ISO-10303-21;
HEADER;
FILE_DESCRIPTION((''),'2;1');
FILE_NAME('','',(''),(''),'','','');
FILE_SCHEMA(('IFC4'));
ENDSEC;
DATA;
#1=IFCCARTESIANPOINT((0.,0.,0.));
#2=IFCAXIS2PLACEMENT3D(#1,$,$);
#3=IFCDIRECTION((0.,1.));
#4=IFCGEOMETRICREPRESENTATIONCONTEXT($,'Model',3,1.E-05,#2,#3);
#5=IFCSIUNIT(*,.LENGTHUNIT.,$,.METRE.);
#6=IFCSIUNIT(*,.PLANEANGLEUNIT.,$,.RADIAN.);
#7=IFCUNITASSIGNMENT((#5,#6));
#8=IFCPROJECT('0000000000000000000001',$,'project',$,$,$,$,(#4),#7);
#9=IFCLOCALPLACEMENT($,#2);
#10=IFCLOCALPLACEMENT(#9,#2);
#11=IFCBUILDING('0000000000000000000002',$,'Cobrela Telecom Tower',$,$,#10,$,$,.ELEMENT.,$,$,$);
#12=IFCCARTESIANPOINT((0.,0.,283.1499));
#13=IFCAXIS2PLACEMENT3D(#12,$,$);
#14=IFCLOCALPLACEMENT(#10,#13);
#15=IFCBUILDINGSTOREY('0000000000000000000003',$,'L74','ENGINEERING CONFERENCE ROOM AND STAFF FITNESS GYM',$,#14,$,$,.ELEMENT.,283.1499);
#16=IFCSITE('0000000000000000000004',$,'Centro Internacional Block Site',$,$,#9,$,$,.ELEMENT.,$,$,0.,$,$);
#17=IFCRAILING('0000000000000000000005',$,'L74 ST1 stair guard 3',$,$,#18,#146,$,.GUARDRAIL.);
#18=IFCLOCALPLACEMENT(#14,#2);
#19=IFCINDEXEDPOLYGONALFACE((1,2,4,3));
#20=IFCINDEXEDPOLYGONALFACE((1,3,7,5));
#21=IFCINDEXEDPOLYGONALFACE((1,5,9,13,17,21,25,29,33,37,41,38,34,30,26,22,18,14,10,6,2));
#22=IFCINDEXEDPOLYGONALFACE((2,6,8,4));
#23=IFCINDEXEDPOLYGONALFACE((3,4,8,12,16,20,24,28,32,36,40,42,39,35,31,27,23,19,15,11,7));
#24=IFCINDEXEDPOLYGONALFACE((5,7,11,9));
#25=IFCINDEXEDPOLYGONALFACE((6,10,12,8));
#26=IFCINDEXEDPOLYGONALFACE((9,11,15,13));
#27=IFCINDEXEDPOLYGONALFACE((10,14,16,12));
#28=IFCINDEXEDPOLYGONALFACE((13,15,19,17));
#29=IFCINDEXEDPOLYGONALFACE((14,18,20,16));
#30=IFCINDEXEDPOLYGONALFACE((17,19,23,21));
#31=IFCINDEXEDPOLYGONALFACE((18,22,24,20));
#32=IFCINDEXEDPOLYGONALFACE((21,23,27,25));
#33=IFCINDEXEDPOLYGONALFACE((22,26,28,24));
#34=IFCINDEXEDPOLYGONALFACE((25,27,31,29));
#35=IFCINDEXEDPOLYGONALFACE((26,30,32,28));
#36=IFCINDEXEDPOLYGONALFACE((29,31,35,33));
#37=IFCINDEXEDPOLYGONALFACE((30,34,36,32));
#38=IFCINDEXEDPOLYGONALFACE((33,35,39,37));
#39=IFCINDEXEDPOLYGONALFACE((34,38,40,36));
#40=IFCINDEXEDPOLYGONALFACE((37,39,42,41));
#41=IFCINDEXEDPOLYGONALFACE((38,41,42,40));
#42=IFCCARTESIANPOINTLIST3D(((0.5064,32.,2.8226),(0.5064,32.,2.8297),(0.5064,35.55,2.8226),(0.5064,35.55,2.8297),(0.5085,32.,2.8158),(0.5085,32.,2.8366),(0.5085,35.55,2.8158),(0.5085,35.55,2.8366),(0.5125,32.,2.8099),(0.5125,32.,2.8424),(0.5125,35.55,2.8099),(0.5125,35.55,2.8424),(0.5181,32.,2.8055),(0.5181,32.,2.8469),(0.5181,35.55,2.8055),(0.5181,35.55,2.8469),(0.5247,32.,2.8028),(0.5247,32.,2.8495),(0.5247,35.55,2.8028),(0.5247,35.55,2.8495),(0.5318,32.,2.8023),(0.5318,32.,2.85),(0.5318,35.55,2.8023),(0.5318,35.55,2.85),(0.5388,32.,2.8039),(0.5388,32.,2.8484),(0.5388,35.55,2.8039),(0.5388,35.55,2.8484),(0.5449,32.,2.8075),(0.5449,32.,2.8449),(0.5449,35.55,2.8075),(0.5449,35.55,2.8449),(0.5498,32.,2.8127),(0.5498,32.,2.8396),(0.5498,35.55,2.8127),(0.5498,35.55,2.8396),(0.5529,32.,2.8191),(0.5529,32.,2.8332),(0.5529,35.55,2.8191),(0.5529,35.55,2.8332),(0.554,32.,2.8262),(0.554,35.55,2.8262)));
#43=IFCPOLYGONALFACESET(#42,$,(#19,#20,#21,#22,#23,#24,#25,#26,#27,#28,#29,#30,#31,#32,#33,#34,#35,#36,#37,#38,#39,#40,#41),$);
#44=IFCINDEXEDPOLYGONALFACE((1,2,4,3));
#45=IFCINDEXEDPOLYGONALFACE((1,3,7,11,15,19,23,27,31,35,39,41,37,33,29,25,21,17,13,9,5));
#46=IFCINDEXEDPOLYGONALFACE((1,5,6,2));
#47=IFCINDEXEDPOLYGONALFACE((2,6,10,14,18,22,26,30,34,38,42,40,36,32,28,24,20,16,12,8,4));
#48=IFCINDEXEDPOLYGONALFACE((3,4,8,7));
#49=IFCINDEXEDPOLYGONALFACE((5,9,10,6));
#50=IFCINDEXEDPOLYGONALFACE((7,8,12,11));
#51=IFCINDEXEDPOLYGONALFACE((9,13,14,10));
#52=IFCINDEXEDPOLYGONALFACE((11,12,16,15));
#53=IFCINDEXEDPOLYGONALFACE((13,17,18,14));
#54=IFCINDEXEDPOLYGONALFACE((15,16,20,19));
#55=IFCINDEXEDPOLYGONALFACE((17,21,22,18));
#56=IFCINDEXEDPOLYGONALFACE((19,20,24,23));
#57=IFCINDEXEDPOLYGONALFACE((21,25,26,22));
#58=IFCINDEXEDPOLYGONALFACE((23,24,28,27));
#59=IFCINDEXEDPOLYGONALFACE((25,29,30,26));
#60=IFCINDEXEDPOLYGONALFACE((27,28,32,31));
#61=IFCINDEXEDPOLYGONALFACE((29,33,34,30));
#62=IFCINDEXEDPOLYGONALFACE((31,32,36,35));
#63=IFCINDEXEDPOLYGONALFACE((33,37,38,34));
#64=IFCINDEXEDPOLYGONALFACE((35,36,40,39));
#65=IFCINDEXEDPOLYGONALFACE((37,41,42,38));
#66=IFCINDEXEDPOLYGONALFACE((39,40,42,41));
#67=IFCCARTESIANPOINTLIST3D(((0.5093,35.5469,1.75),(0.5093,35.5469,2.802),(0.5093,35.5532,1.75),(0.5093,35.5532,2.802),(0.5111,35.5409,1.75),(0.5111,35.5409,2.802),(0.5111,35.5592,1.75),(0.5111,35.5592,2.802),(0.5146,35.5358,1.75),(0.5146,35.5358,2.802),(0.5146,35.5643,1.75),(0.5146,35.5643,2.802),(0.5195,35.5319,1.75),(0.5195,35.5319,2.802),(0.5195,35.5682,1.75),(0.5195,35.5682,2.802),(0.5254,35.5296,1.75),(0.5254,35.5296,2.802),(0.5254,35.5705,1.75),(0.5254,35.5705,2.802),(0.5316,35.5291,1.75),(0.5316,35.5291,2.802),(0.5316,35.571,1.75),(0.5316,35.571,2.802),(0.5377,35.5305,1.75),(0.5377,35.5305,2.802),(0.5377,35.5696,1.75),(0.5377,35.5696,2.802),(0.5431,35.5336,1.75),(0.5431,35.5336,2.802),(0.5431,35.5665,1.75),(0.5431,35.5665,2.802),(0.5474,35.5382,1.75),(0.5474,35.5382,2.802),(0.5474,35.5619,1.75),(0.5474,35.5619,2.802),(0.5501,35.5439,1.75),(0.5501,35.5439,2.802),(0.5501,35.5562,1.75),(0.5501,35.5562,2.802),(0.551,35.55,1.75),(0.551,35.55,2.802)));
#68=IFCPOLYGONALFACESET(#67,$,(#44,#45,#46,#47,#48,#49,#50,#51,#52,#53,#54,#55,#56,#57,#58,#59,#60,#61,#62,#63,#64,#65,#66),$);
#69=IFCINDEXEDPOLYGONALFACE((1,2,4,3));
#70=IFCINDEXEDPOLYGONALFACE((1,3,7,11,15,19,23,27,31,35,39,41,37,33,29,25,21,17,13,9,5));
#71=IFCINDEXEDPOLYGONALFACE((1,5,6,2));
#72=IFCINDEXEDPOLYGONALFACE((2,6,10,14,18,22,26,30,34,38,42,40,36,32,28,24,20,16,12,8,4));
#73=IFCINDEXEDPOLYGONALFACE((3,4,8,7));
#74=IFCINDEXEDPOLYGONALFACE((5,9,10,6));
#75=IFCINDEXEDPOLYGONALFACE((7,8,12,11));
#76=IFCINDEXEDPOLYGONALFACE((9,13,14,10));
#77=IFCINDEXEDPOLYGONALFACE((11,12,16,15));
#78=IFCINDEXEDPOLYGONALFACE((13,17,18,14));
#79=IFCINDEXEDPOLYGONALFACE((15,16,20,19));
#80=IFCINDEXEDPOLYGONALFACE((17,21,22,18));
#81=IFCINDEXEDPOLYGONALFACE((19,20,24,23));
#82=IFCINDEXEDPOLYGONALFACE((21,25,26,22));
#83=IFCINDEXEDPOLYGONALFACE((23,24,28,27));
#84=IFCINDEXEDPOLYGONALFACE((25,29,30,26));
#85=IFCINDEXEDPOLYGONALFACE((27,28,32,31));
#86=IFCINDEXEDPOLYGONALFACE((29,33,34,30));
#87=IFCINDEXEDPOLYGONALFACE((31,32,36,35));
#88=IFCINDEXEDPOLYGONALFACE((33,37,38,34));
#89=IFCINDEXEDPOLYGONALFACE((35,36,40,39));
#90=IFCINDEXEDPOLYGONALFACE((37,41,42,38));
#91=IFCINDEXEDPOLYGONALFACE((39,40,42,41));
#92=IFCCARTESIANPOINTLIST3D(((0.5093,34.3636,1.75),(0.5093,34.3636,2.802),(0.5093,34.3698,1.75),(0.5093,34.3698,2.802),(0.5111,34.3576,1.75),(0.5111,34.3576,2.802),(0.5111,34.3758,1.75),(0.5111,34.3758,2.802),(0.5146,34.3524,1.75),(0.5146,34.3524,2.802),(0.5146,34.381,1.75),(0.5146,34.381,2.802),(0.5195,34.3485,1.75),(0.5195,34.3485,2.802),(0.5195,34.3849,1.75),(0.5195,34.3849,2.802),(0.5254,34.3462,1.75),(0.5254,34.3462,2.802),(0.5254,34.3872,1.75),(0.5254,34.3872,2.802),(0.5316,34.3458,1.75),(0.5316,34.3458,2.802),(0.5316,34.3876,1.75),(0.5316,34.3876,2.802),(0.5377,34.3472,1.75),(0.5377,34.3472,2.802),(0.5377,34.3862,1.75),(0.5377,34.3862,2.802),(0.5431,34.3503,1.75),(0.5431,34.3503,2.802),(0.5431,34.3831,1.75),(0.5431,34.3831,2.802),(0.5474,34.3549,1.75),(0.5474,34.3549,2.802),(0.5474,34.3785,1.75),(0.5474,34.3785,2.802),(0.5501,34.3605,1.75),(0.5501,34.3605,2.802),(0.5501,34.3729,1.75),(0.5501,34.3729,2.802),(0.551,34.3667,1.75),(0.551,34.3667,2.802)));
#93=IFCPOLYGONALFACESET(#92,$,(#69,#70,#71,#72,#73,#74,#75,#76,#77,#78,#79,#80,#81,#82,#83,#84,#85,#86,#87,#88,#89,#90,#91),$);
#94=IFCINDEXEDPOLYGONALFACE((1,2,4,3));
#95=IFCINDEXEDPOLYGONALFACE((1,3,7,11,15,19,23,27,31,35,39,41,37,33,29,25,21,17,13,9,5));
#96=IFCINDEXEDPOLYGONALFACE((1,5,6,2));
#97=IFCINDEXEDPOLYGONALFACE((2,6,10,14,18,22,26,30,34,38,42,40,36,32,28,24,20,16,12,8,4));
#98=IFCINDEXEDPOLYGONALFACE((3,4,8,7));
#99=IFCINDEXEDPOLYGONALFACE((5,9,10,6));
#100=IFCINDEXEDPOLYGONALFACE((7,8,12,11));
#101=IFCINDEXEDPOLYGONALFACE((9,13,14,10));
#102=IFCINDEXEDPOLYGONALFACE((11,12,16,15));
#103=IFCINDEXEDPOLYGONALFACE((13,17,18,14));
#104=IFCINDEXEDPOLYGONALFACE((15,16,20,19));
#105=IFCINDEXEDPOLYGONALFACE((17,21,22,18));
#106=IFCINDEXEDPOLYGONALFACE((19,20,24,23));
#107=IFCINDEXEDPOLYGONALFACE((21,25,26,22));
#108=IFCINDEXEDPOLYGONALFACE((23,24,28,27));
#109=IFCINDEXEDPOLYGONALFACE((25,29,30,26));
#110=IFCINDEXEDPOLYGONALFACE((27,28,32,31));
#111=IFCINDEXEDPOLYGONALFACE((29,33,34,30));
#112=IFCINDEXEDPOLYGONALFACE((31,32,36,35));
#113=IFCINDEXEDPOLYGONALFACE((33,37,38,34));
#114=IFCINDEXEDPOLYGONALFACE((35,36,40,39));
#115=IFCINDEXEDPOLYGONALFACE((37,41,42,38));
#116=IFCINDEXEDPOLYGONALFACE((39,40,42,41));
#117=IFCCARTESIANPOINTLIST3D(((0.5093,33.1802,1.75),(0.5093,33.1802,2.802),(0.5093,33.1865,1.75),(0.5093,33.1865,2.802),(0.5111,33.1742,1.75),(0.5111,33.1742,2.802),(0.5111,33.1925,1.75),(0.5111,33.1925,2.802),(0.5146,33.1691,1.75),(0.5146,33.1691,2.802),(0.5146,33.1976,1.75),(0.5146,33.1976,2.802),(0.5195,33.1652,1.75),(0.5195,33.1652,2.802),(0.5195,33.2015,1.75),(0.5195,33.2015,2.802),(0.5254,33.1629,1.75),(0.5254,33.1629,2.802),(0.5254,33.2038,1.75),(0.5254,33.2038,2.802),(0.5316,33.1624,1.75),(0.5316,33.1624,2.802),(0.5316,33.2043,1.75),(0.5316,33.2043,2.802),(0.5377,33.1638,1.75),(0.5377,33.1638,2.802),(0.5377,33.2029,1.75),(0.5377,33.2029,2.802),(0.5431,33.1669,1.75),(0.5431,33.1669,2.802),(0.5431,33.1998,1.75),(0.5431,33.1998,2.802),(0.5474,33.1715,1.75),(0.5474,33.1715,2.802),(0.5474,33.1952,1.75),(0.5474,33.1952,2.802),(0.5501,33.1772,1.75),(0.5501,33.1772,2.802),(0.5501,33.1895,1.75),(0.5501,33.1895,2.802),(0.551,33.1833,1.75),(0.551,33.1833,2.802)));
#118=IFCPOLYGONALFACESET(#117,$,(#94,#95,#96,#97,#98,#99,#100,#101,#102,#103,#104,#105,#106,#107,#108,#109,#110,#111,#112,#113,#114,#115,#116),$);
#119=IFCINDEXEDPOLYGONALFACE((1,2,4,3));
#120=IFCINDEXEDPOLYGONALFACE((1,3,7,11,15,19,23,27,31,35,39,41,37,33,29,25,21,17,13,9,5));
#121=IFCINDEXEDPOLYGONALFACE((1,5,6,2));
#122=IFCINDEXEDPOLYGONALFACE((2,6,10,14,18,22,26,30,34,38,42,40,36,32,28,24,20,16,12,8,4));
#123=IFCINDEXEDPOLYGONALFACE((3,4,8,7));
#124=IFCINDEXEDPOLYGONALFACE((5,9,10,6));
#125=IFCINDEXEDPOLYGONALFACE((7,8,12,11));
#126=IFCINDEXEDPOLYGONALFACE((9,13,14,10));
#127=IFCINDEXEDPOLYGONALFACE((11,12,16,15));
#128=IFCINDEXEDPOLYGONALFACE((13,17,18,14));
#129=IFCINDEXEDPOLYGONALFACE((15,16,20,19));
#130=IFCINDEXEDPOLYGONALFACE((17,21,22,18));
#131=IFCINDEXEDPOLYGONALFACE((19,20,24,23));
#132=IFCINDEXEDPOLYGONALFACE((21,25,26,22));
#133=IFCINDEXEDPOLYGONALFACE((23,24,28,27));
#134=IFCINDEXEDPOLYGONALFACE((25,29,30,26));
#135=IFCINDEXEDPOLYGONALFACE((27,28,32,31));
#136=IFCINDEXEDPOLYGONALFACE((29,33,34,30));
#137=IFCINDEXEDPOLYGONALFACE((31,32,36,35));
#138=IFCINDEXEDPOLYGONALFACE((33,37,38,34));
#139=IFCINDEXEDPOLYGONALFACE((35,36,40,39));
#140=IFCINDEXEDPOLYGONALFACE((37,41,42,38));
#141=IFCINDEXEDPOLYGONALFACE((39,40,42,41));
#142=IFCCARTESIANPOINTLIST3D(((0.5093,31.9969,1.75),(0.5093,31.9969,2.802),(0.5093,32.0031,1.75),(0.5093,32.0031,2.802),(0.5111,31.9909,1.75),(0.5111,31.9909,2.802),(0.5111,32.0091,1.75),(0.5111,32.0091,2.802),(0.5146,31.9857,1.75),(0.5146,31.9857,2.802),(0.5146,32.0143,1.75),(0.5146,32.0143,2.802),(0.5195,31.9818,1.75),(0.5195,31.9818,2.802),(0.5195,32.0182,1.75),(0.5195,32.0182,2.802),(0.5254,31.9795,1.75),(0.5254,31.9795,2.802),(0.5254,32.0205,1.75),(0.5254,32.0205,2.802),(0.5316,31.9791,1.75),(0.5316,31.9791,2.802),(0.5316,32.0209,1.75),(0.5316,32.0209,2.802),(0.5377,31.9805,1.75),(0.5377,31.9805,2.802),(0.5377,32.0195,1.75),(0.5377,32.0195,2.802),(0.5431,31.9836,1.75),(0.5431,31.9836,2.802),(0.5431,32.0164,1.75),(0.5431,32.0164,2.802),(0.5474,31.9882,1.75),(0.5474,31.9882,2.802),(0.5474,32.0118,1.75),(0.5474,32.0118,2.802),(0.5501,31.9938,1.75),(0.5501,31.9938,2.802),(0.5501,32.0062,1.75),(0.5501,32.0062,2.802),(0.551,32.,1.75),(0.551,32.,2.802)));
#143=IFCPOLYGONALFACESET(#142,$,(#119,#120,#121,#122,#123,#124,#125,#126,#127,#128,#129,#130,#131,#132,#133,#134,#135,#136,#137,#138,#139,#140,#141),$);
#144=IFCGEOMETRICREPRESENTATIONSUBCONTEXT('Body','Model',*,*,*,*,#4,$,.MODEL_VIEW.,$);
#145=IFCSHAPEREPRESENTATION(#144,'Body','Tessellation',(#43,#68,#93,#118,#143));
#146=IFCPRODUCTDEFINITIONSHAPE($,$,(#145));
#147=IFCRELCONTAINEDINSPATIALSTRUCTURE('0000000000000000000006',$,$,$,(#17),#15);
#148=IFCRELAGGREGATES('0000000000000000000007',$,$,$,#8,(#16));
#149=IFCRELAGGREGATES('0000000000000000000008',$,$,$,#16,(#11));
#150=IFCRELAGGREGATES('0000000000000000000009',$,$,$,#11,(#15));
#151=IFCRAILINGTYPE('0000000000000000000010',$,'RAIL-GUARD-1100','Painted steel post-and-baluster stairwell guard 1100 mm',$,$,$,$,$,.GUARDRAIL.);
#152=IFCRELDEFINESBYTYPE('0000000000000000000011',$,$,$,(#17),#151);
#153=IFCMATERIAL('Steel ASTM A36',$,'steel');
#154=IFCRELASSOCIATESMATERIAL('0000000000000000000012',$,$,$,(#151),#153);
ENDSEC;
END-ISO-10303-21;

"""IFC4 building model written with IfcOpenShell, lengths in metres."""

from ifc_helpers import new_model, si_unit, direction, frame, origin, origin_2d, place, context, subcontext, project, spatial, circle, extrude, material, type_object, element, save


model = new_model("IFC4")

# Units and contexts
model_context = context("Model", 3, precision=1e-05, world=origin(), true_north=direction((0.0, 1.0)))
body_context = subcontext(model_context, "Body", "Model", "MODEL_VIEW")
ifc_project = project(units=[si_unit("LENGTHUNIT", "METRE"), si_unit("PLANEANGLEUNIT", "RADIAN")], contexts=[model_context])

# Site, building, storey
site_placement = place(None, origin())
site = spatial("IfcSite", under=ifc_project, at=site_placement, Name="Centro Internacional Block Site", CompositionType="ELEMENT", RefElevation=0.0)
building_placement = place(site_placement, origin())
building = spatial("IfcBuilding", under=site, at=building_placement, Name="Cobrela Telecom Tower", CompositionType="ELEMENT")
storey_placement = place(building_placement, frame((0.0, 0.0, 283.1499)))
storey = spatial("IfcBuildingStorey", under=building, at=storey_placement, Name="L74", Description="ENGINEERING CONFERENCE ROOM AND STAFF FITNESS GYM", CompositionType="ELEMENT", Elevation=283.1499)

# Shared definitions
ifc_material_1 = material(Name="Steel ASTM A36", Category="steel")

# Railing
railing_type_1 = type_object("IfcRailingType", Name="RAIL-GUARD-1100", Description="Painted steel post-and-baluster stairwell guard 1100 mm", PredefinedType="GUARDRAIL", material=ifc_material_1)
railing_1_placement = place(storey_placement, frame((0.53, 35.55, 1.75)))
element("IfcRailing", 1, at=railing_1_placement, inside=storey, type_object=railing_type_1, Name="L74 ST1 stair guard 3", PredefinedType="GUARDRAIL", context=body_context, shape_type="SweptSolid", body=[
    extrude(circle(Radius=0.0239, at=origin_2d()), frame((0.0, 0.0, 1.0762), z_axis=(0.0, -1.0, 0.0), x_axis=(1.0, 0.0, 0.0)), (0.0, 0.0, 1.0), 3.55),
    extrude(circle(Radius=0.021, at=origin_2d()), origin(), (0.0, 0.0, 1.0), 1.052),
    extrude(circle(Radius=0.021, at=origin_2d()), frame((0.0, -1.1833, 0.0)), (0.0, 0.0, 1.0), 1.052),
    extrude(circle(Radius=0.021, at=origin_2d()), frame((0.0, -2.3667, 0.0)), (0.0, 0.0, 1.0), 1.052),
    extrude(circle(Radius=0.021, at=origin_2d()), frame((0.0, -3.55, 0.0)), (0.0, 0.0, 1.0), 1.052),
])

save(model, "model.ifc")
